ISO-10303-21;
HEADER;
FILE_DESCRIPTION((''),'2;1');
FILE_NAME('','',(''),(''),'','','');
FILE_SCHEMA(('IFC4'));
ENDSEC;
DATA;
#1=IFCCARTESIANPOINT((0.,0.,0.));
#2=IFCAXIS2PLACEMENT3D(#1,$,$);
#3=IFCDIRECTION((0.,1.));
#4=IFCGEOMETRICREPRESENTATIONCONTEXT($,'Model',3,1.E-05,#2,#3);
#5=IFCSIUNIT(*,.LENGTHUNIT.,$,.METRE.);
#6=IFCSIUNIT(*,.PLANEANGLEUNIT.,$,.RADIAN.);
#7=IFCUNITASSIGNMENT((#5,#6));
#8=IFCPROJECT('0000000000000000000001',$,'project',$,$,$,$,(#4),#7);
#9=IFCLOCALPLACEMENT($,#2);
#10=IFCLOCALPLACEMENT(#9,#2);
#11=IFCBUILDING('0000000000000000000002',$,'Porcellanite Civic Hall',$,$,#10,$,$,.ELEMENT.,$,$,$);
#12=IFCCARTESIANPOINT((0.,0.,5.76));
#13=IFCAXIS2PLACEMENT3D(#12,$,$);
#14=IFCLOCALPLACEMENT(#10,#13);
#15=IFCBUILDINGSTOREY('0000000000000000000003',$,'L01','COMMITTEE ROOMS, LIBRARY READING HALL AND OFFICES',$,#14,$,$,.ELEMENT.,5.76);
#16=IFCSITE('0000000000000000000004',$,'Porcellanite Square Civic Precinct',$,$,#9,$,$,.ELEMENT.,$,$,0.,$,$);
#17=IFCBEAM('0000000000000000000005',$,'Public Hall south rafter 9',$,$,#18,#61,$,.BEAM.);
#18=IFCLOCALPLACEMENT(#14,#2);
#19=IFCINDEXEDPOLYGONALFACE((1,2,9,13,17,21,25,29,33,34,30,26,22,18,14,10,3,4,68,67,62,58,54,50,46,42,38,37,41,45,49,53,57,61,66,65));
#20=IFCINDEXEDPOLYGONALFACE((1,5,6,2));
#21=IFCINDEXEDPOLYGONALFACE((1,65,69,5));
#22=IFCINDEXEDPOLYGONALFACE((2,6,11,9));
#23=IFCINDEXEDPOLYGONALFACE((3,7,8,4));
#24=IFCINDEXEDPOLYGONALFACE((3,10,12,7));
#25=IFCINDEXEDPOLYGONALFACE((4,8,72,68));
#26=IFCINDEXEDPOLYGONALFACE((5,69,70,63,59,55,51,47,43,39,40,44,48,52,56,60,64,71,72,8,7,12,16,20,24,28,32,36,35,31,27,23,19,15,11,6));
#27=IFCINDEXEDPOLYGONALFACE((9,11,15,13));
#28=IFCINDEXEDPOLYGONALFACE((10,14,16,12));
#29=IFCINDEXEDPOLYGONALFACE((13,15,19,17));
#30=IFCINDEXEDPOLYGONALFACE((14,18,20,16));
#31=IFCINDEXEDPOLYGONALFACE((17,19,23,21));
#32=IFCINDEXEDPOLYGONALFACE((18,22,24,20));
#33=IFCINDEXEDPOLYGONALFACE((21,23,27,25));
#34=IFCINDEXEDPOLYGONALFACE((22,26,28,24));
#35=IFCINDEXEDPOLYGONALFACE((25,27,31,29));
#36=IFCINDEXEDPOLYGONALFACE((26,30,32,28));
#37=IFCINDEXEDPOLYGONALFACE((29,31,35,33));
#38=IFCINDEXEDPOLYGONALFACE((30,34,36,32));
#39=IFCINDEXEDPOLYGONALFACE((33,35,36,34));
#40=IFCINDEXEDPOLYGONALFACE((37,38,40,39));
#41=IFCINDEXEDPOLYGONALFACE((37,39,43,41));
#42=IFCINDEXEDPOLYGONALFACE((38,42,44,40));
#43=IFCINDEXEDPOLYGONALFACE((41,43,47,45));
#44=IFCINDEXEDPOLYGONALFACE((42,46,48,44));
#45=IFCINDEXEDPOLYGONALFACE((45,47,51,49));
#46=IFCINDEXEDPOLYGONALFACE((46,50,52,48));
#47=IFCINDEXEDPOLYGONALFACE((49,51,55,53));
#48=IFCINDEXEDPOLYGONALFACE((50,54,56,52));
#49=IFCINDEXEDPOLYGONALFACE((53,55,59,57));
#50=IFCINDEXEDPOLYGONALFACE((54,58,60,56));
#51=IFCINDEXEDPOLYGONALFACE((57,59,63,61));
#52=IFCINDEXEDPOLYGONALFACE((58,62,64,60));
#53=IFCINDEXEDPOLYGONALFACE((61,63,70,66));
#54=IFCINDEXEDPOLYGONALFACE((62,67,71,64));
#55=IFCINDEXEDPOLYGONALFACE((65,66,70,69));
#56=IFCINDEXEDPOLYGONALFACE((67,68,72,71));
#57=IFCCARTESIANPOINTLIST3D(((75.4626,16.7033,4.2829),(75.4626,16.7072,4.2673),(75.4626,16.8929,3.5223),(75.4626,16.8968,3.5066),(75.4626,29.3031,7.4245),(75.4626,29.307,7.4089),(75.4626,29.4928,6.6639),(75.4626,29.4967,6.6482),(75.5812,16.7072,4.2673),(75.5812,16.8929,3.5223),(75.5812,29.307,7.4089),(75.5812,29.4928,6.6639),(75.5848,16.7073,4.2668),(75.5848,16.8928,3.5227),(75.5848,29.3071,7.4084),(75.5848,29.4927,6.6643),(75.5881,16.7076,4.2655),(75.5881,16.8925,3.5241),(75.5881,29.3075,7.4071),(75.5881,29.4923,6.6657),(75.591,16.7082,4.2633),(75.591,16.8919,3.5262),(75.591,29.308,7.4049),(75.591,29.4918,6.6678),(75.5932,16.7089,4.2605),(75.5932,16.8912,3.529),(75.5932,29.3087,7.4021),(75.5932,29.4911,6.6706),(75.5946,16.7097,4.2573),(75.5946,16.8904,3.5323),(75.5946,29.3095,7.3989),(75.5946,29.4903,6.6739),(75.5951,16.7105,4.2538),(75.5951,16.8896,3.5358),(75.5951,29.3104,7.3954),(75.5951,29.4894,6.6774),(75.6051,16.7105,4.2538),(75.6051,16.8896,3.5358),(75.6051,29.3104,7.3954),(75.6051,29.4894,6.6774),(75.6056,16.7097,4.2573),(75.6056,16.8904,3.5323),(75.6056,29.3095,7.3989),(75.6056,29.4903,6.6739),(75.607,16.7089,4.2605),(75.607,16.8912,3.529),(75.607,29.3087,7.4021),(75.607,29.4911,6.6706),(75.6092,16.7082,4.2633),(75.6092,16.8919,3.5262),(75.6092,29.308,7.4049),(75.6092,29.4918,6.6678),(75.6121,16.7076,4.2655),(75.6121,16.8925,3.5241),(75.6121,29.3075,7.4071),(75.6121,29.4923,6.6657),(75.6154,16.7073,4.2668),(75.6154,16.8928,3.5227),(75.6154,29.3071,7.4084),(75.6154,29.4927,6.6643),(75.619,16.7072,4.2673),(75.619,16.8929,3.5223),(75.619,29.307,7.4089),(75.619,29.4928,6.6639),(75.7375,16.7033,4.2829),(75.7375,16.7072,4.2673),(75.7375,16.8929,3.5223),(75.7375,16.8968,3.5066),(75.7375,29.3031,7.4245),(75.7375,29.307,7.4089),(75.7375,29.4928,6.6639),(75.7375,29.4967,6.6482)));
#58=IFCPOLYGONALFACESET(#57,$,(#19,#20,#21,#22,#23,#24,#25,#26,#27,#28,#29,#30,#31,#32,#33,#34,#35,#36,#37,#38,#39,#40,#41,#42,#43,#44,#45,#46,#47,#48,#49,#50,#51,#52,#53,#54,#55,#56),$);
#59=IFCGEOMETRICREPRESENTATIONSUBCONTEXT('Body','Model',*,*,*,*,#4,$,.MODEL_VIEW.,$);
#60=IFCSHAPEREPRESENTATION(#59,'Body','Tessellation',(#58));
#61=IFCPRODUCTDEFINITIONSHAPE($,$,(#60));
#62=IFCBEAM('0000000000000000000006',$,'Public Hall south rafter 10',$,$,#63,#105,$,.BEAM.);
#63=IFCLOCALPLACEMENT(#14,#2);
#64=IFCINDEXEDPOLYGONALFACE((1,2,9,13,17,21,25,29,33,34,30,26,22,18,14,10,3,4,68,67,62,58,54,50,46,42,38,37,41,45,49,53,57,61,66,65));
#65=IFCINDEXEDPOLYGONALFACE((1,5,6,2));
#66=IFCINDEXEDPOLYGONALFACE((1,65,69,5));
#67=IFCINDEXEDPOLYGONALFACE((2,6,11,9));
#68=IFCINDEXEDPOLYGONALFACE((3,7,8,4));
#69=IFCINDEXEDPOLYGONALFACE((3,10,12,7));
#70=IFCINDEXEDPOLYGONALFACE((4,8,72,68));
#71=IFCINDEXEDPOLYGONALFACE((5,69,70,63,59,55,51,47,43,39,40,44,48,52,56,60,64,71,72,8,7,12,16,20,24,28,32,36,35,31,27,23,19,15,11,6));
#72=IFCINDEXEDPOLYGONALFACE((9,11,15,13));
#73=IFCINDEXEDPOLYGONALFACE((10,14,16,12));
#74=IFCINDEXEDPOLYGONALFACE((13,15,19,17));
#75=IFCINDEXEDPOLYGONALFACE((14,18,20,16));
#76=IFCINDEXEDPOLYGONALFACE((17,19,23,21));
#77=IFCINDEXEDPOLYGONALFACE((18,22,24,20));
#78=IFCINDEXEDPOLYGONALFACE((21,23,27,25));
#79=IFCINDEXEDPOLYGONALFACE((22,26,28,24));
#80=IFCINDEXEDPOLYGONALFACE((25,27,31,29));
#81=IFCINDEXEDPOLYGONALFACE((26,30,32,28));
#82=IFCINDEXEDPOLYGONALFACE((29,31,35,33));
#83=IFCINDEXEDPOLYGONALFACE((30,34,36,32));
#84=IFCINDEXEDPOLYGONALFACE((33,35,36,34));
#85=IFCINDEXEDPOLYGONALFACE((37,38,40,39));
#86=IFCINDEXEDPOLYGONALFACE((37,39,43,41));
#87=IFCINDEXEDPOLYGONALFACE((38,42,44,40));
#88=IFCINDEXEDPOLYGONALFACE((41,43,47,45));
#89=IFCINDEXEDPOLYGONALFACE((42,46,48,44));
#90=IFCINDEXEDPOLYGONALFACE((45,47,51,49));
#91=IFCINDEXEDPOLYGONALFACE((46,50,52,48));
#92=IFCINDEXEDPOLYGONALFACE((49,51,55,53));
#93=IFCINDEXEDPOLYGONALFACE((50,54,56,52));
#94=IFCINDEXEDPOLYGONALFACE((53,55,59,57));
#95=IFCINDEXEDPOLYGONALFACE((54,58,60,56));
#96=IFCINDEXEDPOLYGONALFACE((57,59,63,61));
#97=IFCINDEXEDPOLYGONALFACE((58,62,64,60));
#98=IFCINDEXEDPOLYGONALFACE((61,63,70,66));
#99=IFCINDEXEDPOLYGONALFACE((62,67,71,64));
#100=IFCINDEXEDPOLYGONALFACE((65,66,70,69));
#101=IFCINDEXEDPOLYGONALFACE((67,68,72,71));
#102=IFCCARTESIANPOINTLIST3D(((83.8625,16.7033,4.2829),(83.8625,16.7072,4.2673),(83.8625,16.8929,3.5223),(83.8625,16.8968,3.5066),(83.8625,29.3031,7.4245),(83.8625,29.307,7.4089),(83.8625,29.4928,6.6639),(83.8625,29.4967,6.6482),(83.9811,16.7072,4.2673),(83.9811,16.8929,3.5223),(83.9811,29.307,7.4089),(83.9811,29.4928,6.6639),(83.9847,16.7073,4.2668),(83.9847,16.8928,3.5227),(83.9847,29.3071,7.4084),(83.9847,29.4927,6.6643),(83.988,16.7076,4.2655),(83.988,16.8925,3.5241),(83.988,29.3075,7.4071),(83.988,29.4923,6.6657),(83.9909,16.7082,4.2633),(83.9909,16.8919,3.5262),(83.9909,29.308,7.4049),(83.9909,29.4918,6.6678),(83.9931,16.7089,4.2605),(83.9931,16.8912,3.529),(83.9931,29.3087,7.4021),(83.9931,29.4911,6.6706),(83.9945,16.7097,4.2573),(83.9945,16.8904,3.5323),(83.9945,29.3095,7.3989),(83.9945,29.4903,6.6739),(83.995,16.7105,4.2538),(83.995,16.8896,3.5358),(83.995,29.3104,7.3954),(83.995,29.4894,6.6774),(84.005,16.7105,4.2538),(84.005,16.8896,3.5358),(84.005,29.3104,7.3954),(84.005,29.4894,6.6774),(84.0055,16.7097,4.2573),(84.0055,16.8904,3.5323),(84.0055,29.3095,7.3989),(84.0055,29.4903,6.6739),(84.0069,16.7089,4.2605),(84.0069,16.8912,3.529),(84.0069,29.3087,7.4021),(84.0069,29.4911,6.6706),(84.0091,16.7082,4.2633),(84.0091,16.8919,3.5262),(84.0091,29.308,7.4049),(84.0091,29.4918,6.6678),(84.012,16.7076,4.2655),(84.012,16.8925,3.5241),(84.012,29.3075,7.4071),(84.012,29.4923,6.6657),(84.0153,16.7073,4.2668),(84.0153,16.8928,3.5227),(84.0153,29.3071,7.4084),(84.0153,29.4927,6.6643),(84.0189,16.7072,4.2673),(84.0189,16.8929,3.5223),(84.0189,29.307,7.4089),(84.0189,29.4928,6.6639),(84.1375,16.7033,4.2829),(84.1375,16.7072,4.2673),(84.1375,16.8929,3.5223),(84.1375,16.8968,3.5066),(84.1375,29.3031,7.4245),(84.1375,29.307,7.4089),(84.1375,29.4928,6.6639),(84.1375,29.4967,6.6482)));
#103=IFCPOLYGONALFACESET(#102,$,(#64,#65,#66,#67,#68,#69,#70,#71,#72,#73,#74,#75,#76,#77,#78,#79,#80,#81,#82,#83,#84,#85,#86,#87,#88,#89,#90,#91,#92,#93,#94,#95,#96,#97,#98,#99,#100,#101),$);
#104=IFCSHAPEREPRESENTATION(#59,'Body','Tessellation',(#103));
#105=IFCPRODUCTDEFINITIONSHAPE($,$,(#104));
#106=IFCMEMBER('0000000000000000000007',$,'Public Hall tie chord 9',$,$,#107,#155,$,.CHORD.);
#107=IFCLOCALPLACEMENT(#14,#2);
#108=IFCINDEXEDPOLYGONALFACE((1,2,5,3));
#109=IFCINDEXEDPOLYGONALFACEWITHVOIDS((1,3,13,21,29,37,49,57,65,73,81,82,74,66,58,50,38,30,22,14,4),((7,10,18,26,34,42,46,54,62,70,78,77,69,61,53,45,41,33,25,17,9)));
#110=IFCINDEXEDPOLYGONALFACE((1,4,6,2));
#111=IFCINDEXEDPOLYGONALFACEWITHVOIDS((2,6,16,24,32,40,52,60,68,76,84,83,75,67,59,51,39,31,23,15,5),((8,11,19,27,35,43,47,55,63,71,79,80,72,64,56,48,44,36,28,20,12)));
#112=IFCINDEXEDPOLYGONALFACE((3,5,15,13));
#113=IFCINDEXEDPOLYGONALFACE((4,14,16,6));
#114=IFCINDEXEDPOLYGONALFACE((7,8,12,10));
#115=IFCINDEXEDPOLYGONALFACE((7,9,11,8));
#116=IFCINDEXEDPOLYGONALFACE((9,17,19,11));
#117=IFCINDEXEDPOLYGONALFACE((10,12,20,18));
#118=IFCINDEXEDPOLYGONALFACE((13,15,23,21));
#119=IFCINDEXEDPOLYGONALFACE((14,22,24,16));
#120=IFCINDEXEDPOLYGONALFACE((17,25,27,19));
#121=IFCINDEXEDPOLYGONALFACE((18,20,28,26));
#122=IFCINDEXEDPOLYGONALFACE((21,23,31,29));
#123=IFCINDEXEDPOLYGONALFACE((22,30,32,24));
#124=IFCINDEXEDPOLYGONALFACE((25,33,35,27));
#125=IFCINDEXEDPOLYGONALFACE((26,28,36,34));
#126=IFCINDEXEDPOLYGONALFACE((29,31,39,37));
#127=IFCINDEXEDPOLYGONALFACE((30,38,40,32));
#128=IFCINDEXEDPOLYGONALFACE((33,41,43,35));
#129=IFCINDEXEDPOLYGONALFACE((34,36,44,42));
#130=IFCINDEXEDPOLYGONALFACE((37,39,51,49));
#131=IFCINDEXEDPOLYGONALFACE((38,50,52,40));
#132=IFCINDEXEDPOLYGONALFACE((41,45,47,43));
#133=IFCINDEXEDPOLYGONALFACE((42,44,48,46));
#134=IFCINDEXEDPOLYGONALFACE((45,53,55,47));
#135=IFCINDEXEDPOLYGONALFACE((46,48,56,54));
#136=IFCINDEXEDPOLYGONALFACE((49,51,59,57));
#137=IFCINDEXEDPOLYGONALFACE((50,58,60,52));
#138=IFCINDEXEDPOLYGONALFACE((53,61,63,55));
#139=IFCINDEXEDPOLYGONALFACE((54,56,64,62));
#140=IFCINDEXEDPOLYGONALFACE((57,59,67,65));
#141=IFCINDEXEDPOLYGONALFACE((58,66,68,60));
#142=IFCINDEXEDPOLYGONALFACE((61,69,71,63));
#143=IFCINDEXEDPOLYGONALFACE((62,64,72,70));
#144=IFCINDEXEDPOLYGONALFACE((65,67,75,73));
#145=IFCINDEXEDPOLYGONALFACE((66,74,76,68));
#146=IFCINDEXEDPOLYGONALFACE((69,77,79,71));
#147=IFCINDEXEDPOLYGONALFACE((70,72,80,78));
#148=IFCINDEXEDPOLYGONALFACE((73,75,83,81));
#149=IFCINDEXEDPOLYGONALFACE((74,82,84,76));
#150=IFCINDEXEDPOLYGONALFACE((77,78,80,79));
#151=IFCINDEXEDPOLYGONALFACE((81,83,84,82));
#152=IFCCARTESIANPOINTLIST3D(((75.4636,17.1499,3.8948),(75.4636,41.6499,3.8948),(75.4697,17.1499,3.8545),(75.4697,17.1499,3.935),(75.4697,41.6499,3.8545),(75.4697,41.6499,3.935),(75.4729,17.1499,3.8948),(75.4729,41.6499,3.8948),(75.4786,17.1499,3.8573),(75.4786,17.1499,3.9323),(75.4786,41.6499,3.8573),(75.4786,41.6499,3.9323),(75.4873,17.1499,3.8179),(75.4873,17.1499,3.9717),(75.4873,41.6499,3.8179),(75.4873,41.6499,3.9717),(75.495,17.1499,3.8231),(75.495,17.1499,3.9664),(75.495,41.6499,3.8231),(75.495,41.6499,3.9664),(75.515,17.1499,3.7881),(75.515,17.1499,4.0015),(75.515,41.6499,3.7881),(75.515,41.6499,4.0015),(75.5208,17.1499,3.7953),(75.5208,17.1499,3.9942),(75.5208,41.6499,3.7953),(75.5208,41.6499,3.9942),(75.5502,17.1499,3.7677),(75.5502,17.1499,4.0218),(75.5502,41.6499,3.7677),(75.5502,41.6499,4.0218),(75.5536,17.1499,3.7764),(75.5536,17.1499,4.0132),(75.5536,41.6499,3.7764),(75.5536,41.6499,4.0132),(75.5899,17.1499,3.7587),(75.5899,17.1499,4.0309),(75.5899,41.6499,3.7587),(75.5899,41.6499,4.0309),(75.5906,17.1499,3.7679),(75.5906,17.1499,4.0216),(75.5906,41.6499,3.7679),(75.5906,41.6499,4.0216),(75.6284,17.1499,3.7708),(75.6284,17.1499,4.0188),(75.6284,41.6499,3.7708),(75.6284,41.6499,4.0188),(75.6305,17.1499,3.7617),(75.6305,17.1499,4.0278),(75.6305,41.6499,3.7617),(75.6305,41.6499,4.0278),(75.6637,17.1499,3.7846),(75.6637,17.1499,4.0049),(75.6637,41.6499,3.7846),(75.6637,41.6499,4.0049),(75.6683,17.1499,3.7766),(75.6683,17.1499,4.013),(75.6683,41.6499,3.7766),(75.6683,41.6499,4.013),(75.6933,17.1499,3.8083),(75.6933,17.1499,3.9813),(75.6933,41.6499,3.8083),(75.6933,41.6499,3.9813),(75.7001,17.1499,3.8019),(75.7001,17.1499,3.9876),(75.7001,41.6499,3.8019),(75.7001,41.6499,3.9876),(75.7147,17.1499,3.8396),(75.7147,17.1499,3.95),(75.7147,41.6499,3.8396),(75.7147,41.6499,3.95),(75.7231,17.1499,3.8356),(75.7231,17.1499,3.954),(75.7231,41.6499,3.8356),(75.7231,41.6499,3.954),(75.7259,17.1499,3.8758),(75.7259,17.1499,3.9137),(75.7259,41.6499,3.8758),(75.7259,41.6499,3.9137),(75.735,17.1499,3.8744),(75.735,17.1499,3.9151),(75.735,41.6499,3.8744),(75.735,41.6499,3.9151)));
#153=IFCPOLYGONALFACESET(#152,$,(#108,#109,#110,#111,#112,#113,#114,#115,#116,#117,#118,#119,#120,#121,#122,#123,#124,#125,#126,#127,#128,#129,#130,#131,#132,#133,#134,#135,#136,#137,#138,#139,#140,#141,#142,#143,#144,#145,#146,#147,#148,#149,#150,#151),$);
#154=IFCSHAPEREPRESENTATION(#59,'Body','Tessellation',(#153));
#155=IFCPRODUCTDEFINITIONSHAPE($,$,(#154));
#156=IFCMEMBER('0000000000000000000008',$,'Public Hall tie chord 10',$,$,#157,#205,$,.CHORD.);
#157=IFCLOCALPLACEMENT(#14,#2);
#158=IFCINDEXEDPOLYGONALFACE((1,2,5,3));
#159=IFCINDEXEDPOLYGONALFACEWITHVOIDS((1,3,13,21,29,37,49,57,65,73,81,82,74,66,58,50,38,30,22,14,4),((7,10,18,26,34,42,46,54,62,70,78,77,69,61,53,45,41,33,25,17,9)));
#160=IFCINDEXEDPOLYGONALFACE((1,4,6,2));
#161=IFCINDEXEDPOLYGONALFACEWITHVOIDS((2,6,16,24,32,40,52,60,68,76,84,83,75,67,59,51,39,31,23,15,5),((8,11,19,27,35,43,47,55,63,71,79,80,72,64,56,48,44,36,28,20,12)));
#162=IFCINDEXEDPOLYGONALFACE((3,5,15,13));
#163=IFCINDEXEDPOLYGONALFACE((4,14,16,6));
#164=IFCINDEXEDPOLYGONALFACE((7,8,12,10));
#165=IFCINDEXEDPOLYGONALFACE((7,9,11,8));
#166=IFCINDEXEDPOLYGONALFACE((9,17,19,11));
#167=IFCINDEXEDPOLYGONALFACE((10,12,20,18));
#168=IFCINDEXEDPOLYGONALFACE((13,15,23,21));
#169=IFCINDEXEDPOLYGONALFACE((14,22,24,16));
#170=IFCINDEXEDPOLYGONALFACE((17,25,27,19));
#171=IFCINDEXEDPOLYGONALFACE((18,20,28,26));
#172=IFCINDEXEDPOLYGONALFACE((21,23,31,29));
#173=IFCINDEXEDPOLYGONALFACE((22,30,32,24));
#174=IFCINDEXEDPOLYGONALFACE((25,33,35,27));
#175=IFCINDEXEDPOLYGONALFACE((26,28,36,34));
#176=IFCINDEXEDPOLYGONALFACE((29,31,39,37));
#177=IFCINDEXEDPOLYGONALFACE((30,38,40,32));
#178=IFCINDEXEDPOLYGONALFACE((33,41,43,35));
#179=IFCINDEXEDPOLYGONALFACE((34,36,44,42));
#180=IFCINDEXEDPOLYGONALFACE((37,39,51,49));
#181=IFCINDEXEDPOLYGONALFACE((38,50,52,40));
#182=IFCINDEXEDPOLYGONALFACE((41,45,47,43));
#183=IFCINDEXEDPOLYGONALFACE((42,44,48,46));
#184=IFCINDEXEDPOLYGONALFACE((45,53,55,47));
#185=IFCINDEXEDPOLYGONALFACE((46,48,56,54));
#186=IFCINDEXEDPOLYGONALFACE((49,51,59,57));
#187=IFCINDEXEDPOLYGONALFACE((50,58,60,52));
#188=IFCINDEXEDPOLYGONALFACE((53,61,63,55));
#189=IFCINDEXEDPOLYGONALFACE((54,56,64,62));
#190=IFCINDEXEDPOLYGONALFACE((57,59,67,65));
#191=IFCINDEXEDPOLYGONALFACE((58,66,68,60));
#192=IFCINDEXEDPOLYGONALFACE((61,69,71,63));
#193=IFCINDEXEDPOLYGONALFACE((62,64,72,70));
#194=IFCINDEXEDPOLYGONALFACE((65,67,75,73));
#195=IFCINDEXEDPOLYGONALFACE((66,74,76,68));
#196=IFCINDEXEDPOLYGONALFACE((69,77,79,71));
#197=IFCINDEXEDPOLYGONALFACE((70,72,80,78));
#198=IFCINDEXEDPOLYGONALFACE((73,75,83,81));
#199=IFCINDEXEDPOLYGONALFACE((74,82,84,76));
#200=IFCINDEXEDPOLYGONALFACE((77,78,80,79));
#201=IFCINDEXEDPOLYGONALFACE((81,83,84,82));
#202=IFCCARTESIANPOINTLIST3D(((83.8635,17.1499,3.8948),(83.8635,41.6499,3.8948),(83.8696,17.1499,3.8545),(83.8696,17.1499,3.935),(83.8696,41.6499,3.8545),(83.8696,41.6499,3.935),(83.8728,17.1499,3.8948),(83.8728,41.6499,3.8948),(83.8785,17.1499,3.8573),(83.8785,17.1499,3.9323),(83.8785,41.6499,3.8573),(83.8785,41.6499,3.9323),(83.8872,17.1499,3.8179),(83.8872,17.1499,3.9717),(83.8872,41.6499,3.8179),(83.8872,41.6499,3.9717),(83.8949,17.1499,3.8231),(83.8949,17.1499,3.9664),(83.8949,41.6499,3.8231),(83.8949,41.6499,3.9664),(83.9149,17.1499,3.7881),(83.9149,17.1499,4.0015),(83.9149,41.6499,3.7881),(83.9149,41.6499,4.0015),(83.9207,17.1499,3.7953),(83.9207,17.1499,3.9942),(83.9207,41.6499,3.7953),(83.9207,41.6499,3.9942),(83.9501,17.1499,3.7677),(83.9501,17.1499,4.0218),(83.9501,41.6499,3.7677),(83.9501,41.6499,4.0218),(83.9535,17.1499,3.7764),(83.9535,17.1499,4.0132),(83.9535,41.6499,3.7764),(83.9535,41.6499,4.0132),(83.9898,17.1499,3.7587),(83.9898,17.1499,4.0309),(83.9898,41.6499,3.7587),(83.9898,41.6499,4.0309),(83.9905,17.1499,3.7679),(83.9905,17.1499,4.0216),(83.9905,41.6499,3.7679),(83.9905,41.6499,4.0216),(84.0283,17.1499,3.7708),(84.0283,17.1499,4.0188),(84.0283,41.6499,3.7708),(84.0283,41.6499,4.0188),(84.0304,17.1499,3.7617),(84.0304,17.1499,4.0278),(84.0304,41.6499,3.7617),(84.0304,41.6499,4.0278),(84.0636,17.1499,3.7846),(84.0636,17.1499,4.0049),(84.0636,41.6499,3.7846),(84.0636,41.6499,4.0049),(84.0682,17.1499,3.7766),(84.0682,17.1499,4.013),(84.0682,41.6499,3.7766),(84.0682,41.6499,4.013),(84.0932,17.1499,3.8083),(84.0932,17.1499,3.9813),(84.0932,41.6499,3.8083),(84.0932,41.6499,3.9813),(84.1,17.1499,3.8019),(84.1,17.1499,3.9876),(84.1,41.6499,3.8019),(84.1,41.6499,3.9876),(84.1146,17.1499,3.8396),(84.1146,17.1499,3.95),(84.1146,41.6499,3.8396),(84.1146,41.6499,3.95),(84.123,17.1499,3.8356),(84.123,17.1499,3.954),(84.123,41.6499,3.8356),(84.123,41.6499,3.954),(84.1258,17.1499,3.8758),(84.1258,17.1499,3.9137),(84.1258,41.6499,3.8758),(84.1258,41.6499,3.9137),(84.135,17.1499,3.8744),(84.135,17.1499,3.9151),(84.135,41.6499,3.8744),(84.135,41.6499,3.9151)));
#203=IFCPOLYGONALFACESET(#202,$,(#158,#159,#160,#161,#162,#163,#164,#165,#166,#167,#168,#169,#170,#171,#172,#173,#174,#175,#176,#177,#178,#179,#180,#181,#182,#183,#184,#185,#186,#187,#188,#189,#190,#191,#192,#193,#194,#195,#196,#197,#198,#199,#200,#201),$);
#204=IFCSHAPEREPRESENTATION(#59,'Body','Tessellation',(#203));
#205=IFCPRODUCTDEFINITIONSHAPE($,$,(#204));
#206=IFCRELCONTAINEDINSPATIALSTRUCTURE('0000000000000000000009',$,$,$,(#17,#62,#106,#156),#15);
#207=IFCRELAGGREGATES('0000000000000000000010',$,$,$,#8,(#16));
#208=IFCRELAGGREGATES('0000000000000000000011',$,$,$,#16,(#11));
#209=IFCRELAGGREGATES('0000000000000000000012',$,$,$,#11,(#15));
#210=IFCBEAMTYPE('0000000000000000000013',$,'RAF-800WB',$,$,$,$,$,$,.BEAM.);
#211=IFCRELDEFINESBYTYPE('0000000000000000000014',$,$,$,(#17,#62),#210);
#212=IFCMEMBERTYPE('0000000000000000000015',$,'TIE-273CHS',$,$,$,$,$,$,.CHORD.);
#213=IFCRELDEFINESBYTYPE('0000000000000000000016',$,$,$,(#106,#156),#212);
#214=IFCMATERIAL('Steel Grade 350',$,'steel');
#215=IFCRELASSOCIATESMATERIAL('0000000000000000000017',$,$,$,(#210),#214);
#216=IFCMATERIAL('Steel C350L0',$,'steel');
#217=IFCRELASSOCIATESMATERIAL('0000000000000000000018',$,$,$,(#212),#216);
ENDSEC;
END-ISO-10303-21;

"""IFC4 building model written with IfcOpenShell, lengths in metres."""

from ifc_helpers import new_model, si_unit, direction, frame, origin, origin_2d, place, context, subcontext, project, spatial, hollow_circle, i_section, extrude, material, material_profile, profile_set, type_object, element, save


model = new_model("IFC4")

# Units and contexts
model_context = context("Model", 3, precision=1e-05, world=origin(), true_north=direction((0.0, 1.0)))
body_context = subcontext(model_context, "Body", "Model", "MODEL_VIEW")
ifc_project = project(units=[si_unit("LENGTHUNIT", "METRE"), si_unit("PLANEANGLEUNIT", "RADIAN")], contexts=[model_context])

# Site, building, storey
site_placement = place(None, origin())
site = spatial("IfcSite", under=ifc_project, at=site_placement, Name="Porcellanite Square Civic Precinct", CompositionType="ELEMENT", RefElevation=0.0)
building_placement = place(site_placement, origin())
building = spatial("IfcBuilding", under=site, at=building_placement, Name="Porcellanite Civic Hall", CompositionType="ELEMENT")
storey_placement = place(building_placement, frame((0.0, 0.0, 5.76)))
storey = spatial("IfcBuildingStorey", under=building, at=storey_placement, Name="L01", Description="COMMITTEE ROOMS, LIBRARY READING HALL AND OFFICES", CompositionType="ELEMENT", Elevation=5.76)

# Beams
ifc_material_1 = material(Name="Steel Grade 350", Category="steel")
ifc_material_profile_1 = material_profile(ifc_material_1, i_section(OverallWidth=0.2749, OverallDepth=0.8, WebThickness=0.01, FlangeThickness=0.0161, FilletRadius=0.0139, at=origin_2d()), Name="800WB146")
ifc_profile_set_1 = profile_set([ifc_material_profile_1], Name="Steel Grade 350")
beam_type_1 = type_object("IfcBeamType", Name="RAF-800WB", PredefinedType="BEAM", material=ifc_profile_set_1)
for number, where, z_axis, x_axis, name in (
    (1, (75.6001, 16.8, 3.8948), (0.0, 0.970294, 0.24193), (-1.0, 0.0, 0.0), "Public Hall south rafter 9"),
    (2, (84.0, 16.8, 3.8948), (0.0, 0.970294, 0.24193), (-1.0, 0.0, 0.0), "Public Hall south rafter 10"),
):
    element("IfcBeam", number, at=place(storey_placement, frame(where, z_axis=z_axis, x_axis=x_axis)), inside=storey, type_object=beam_type_1, Name=name, PredefinedType="BEAM", context=body_context, shape_type="SweptSolid", body=[
        extrude(i_section(OverallWidth=0.2749, OverallDepth=0.8, WebThickness=0.01, FlangeThickness=0.0161, FilletRadius=0.0139, at=origin_2d()), origin(), (0.0, 0.0, 1.0), 12.9856),
    ])

# Members
ifc_material_2 = material(Name="Steel C350L0", Category="steel")
ifc_material_profile_2 = material_profile(ifc_material_2, hollow_circle(Radius=0.1365, WallThickness=0.0093, at=origin_2d()), Name="273.1x9.3CHS")
ifc_profile_set_2 = profile_set([ifc_material_profile_2], Name="Steel C350L0")
member_type_1 = type_object("IfcMemberType", Name="TIE-273CHS", PredefinedType="CHORD", material=ifc_profile_set_2)
for number, where, z_axis, x_axis, name in (
    (3, (75.6001, 17.1499, 3.8948), (0.0, 1.0, 0.0), (-1.0, 0.0, 0.0), "Public Hall tie chord 9"),
    (4, (84.0, 17.1499, 3.8948), (0.0, 1.0, 0.0), (-1.0, 0.0, 0.0), "Public Hall tie chord 10"),
):
    element("IfcMember", number, at=place(storey_placement, frame(where, z_axis=z_axis, x_axis=x_axis)), inside=storey, type_object=member_type_1, Name=name, PredefinedType="CHORD", context=body_context, shape_type="SweptSolid", body=[
        extrude(hollow_circle(Radius=0.1365, WallThickness=0.0093, at=origin_2d()), origin(), (0.0, 0.0, 1.0), 24.5),
    ])

save(model, "model.ifc")
